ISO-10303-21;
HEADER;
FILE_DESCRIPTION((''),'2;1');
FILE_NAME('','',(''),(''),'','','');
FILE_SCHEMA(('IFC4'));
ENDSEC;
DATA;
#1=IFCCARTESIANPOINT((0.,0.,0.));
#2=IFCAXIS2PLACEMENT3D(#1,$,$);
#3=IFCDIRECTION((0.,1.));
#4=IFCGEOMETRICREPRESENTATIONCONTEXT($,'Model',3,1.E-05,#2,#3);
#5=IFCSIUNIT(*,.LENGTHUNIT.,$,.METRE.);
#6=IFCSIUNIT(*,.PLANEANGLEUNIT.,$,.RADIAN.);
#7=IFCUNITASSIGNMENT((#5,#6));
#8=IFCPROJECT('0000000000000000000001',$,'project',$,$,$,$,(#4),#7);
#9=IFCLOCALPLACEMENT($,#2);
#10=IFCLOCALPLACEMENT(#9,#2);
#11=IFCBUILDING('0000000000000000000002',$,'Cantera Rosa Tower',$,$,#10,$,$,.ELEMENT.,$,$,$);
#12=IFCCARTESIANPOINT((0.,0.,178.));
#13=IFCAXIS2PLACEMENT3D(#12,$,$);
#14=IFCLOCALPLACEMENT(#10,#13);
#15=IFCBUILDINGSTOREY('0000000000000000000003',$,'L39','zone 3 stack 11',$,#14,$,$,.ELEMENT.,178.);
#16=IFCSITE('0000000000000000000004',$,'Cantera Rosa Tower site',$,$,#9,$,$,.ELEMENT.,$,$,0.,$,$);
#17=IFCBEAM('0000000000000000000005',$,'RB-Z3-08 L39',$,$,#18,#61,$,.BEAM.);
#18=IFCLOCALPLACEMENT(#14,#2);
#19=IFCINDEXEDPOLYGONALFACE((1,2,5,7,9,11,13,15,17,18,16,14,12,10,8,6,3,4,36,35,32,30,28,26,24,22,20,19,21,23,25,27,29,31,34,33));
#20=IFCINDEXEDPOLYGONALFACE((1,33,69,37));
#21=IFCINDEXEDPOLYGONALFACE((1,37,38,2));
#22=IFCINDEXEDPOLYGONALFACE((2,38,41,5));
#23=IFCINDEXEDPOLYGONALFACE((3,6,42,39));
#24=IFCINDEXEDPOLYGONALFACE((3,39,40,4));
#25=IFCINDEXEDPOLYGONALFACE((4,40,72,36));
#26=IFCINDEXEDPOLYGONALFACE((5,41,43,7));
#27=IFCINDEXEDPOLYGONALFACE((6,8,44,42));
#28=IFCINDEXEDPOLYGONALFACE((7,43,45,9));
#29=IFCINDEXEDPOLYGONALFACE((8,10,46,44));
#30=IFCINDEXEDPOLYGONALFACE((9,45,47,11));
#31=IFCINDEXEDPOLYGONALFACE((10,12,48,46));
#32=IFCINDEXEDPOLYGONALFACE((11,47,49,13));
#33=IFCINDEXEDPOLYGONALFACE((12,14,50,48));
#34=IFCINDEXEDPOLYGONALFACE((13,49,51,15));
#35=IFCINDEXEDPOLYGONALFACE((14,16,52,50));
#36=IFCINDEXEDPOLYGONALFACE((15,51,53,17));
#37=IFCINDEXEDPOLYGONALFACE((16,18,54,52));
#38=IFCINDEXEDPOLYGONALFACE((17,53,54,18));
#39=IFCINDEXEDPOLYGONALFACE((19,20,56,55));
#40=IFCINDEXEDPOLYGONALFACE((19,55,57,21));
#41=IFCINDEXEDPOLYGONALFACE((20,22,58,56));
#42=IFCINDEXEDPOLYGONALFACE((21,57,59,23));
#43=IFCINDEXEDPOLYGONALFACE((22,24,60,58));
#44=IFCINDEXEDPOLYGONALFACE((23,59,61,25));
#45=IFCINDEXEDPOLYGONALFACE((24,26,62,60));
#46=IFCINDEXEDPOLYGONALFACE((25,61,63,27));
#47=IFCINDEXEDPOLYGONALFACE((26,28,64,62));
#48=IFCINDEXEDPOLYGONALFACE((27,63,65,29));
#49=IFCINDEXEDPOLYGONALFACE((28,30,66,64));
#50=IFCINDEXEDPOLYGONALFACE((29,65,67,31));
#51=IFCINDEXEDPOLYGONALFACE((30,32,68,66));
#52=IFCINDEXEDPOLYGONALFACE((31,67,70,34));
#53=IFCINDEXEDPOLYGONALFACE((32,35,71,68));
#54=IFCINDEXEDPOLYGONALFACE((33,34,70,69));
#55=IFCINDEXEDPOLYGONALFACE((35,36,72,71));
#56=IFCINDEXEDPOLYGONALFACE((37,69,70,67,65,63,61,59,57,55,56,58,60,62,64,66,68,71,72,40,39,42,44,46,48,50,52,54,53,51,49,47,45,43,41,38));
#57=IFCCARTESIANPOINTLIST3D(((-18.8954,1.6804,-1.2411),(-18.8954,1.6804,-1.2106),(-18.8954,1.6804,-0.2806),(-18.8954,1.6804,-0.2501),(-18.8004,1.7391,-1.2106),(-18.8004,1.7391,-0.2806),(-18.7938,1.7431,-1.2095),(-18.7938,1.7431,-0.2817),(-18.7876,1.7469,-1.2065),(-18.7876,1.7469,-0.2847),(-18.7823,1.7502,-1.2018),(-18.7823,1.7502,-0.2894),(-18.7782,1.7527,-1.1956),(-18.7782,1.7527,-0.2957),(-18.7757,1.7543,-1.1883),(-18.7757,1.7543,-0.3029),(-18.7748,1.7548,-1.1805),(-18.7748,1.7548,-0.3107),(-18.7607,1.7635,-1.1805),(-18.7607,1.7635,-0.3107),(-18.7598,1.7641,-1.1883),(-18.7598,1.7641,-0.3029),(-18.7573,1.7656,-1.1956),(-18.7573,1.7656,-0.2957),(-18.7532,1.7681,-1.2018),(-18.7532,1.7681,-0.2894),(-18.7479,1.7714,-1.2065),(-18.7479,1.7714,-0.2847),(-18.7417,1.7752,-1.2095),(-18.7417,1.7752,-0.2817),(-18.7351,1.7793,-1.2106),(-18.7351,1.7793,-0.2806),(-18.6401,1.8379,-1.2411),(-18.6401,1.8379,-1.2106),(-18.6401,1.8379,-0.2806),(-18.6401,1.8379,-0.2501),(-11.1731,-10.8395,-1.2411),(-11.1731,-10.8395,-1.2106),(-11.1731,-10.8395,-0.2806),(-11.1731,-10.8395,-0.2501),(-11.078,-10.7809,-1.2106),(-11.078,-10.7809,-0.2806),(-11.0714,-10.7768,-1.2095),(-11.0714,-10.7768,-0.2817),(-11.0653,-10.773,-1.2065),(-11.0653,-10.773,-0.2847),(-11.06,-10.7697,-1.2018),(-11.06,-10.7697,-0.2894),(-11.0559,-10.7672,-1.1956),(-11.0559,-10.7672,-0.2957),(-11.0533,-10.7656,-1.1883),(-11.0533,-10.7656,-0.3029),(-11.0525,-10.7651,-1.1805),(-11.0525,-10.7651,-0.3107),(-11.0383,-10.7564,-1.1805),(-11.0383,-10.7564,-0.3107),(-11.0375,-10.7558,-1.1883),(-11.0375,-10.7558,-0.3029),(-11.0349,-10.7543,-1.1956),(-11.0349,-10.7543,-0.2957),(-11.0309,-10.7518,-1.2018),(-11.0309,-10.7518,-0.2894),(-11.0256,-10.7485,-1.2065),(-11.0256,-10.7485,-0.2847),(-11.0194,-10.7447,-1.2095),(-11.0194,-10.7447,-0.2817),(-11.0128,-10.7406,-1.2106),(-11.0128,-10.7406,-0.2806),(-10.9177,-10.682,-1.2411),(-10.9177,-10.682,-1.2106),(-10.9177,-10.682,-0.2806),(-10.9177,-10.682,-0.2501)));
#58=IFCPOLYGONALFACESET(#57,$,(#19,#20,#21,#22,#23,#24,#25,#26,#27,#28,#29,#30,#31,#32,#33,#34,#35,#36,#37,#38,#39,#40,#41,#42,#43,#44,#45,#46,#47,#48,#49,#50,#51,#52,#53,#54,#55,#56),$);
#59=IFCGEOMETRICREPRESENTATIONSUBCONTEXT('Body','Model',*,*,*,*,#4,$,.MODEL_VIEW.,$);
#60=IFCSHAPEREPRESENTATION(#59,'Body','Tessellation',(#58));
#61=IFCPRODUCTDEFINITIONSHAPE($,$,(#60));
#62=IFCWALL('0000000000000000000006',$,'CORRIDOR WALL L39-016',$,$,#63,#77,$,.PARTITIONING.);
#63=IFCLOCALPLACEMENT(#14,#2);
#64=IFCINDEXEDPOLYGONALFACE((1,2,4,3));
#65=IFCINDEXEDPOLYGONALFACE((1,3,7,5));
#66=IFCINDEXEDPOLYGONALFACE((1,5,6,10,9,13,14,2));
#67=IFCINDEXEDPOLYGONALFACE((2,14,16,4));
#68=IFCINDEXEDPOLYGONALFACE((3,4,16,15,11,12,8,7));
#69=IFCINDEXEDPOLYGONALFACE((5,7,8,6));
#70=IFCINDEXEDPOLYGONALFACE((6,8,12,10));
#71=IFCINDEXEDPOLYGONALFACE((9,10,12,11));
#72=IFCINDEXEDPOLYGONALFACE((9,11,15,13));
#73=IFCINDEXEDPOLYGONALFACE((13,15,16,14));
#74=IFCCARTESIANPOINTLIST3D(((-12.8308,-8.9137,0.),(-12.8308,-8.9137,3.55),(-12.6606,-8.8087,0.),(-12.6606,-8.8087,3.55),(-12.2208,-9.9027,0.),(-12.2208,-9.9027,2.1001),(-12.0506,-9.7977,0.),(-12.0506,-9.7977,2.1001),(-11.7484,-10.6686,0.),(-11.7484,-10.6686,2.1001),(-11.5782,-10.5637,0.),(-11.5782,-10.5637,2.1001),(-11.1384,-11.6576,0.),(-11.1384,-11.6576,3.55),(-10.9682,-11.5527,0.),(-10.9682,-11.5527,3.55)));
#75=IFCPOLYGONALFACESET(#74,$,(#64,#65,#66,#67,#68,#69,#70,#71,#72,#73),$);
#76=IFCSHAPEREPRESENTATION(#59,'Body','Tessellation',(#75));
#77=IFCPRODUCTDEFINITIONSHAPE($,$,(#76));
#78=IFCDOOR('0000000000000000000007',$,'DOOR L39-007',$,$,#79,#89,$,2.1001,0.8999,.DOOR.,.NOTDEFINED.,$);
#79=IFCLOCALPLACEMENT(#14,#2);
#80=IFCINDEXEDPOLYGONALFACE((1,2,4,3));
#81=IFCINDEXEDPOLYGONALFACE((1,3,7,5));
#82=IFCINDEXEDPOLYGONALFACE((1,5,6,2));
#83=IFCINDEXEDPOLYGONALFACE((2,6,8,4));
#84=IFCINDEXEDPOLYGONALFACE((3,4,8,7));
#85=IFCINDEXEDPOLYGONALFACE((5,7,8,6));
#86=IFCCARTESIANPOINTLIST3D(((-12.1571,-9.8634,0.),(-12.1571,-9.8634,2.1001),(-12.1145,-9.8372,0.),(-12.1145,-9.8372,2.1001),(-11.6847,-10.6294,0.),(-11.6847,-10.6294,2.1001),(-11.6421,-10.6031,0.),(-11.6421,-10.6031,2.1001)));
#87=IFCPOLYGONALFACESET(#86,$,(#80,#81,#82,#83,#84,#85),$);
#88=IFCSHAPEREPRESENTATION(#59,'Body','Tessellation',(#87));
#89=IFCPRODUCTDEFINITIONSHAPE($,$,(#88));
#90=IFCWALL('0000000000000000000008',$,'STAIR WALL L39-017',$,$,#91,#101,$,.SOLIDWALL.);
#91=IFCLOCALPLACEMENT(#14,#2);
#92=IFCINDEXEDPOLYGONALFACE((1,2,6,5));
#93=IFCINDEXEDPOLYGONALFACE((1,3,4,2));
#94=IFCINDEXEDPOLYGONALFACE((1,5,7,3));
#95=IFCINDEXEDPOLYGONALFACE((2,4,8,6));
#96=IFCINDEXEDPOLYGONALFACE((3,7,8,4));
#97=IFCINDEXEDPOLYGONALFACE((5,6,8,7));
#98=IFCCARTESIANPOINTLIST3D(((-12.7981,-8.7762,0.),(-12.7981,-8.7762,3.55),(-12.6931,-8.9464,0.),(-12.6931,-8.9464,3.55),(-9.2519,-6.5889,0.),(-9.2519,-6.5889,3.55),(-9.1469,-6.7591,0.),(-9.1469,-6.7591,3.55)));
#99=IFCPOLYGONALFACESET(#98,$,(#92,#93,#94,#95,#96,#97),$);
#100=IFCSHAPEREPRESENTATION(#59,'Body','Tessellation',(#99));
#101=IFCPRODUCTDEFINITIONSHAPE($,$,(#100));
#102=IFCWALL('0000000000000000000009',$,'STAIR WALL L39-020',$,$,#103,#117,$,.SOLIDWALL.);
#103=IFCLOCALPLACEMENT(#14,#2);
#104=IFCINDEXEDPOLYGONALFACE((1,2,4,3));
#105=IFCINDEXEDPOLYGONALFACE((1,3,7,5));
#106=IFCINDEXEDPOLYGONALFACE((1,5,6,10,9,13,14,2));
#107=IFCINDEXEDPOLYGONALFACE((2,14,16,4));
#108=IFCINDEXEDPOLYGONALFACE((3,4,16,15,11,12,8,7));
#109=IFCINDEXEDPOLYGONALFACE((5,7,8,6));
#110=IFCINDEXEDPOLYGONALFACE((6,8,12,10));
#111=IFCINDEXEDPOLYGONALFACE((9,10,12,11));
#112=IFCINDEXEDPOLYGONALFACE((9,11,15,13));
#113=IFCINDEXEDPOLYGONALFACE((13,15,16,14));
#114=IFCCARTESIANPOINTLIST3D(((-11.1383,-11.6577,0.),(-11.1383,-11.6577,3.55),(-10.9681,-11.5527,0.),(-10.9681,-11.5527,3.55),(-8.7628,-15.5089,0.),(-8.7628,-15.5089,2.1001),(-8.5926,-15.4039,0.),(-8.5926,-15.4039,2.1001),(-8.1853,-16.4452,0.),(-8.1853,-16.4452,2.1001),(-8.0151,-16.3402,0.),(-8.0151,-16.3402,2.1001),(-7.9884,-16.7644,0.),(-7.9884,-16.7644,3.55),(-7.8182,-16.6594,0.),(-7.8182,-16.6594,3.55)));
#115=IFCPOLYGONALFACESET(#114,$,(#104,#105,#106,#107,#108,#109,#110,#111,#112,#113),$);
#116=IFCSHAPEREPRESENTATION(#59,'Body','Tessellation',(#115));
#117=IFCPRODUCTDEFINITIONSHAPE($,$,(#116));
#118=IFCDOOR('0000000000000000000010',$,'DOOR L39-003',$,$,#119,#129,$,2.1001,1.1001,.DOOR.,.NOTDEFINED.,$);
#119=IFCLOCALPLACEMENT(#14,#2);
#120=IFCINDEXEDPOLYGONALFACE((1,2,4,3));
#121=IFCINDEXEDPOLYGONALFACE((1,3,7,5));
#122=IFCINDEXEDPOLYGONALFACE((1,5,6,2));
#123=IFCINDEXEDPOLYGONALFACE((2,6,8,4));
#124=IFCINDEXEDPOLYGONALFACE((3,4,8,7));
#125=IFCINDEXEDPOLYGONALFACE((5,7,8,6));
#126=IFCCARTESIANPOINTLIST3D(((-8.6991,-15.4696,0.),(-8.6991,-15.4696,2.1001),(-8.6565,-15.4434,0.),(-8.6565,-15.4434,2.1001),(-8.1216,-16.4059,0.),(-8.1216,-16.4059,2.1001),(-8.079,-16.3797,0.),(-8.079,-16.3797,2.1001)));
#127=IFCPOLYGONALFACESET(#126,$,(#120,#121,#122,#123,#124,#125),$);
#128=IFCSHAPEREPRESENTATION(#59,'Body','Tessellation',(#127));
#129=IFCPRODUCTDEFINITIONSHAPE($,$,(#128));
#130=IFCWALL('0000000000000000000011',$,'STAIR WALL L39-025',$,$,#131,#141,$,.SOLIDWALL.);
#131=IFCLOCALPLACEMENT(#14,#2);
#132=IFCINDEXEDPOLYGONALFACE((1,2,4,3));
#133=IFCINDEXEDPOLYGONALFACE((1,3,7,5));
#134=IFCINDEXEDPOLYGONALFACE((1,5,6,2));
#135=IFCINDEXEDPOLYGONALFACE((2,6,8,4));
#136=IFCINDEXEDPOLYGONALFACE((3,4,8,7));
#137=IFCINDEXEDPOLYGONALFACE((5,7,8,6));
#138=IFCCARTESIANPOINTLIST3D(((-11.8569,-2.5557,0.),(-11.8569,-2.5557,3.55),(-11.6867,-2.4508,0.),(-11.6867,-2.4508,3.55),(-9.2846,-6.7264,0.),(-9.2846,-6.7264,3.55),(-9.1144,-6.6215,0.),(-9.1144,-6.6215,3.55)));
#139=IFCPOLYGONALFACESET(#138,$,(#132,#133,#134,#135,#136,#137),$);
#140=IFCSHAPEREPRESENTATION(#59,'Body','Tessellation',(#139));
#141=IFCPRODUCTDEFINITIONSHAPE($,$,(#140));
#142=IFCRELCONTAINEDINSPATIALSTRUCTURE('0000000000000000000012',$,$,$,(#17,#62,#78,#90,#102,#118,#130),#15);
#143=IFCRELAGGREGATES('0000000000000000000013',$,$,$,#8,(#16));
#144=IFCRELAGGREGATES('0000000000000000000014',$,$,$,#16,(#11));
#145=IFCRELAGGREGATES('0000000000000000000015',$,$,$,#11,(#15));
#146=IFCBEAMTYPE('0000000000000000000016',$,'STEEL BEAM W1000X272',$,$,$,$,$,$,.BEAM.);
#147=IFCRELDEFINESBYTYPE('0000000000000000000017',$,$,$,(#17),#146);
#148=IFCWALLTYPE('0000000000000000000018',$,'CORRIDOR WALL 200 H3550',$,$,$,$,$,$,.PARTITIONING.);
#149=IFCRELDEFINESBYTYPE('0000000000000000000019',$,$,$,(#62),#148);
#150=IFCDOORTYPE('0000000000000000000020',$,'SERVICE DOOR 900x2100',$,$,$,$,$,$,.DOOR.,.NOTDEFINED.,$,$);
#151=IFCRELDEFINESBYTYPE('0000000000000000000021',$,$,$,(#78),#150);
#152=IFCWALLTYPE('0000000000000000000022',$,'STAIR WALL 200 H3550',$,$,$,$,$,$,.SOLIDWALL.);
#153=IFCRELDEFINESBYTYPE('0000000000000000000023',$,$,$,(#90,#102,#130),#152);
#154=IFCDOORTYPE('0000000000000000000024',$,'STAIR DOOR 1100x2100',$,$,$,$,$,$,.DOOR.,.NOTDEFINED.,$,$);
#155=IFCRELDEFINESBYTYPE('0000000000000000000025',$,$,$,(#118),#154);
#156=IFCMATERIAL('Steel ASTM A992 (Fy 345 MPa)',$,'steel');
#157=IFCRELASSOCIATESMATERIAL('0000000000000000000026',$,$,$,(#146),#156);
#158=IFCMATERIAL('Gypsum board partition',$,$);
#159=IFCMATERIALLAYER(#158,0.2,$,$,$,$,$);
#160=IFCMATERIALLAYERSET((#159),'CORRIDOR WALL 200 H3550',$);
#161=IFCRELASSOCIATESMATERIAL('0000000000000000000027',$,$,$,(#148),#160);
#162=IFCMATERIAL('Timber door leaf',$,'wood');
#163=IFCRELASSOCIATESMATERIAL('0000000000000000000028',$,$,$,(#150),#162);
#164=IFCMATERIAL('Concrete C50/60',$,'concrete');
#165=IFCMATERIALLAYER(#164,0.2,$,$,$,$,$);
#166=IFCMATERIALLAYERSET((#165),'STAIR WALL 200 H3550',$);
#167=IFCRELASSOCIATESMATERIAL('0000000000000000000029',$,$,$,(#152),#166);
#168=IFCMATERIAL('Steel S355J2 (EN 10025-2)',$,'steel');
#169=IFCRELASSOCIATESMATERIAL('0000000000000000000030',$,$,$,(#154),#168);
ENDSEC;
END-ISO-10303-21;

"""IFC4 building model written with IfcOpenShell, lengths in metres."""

from ifc_helpers import new_model, si_unit, direction, frame, frame_2d, origin, origin_2d, place, context, subcontext, project, spatial, rectangle, i_section, extrude, material, layer, layer_set, material_profile, profile_set, type_object, element, fill, save


model = new_model("IFC4")

# Units and contexts
model_context = context("Model", 3, precision=1e-05, world=origin(), true_north=direction((0.0, 1.0)))
body_context = subcontext(model_context, "Body", "Model", "MODEL_VIEW")
ifc_project = project(units=[si_unit("LENGTHUNIT", "METRE"), si_unit("PLANEANGLEUNIT", "RADIAN")], contexts=[model_context])

# Site, building, storey
site_placement = place(None, origin())
site = spatial("IfcSite", under=ifc_project, at=site_placement, Name="Cantera Rosa Tower site", CompositionType="ELEMENT", RefElevation=0.0)
building_placement = place(site_placement, origin())
building = spatial("IfcBuilding", under=site, at=building_placement, Name="Cantera Rosa Tower", CompositionType="ELEMENT")
storey_placement = place(building_placement, frame((0.0, 0.0, 178.0)))
storey = spatial("IfcBuildingStorey", under=building, at=storey_placement, Name="L39", Description="zone 3 stack 11", CompositionType="ELEMENT", Elevation=178.0)

# Beam
ifc_material_1 = material(Name="Steel ASTM A992 (Fy 345 MPa)", Category="steel")
ifc_material_profile = material_profile(ifc_material_1, i_section(OverallWidth=0.3, OverallDepth=0.991, WebThickness=0.0166, FlangeThickness=0.0305, FilletRadius=0.03, at=origin_2d()), Name="W1000X272")
ifc_profile_set = profile_set([ifc_material_profile], Name="Steel ASTM A992 (Fy 345 MPa)")
beam_type = type_object("IfcBeamType", Name="STEEL BEAM W1000X272", PredefinedType="BEAM", material=ifc_profile_set)
beam_placement = place(storey_placement, frame((-11.0454, -10.7607, -0.7456), z_axis=(-0.524974, 0.851118, 0.0), x_axis=(-0.851118, -0.524974, 0.0)))
element("IfcBeam", 1, at=beam_placement, inside=storey, type_object=beam_type, Name="RB-Z3-08 L39", PredefinedType="BEAM", context=body_context, shape_type="SweptSolid", body=[
    extrude(i_section(OverallWidth=0.3, OverallDepth=0.991, WebThickness=0.0166, FlangeThickness=0.0305, FilletRadius=0.03, at=origin_2d()), origin(), (0.0, 0.0, 1.0), 14.71),
])

# Wall, opening, door
ifc_material_2 = material(Name="Gypsum board partition")
ifc_layer_1 = layer(ifc_material_2, 0.2)
ifc_layer_set_1 = layer_set([ifc_layer_1], Name="CORRIDOR WALL 200 H3550")
wall_type_1 = type_object("IfcWallType", Name="CORRIDOR WALL 200 H3550", PredefinedType="PARTITIONING", material=ifc_layer_set_1)
wall_1_placement = place(storey_placement, frame((-12.7456, -8.8613, 0.0), z_axis=(0.0, 0.0, 1.0), x_axis=(0.524959, -0.851127, 0.0)))
wall_1 = element("IfcWall", 2, at=wall_1_placement, inside=storey, type_object=wall_type_1, Name="CORRIDOR WALL L39-016", PredefinedType="PARTITIONING", context=body_context, shape_type="SweptSolid", body=[
    extrude(rectangle(XDim=3.2239, YDim=0.2, at=frame_2d((1.6118, 0.0))), origin(), (0.0, 0.0, 1.0), 3.55),
])
opening_1_placement = place(wall_1_placement, frame((1.1619, 0.0, 0.0)))
opening_1 = element("IfcOpeningElement", 3, at=opening_1_placement, cuts=wall_1, PredefinedType="OPENING", context=body_context, shape_type="SweptSolid", body=[
    extrude(rectangle(XDim=0.8999, YDim=2.1001, at=frame_2d((0.45, 1.05))), frame((0.0, 0.1099, 0.0), z_axis=(0.0, -1.0, 0.0), x_axis=(1.0, 0.0, 0.0)), (0.0, 0.0, 1.0), 0.22),
])
ifc_material_3 = material(Name="Timber door leaf", Category="wood")
door_type_1 = type_object("IfcDoorType", Name="SERVICE DOOR 900x2100", OperationType="NOTDEFINED", PredefinedType="DOOR", material=ifc_material_3)
door_1_placement = place(opening_1_placement, origin())
door_1 = element("IfcDoor", 4, at=door_1_placement, inside=storey, type_object=door_type_1, Name="DOOR L39-007", OperationType="NOTDEFINED", OverallHeight=2.1001, OverallWidth=0.8999, PredefinedType="DOOR", context=body_context, shape_type="SweptSolid", body=[
    extrude(rectangle(XDim=0.8999, YDim=2.1001, at=frame_2d((0.45, 1.05))), frame((0.0, 0.0249, 0.0), z_axis=(0.0, -1.0, 0.0), x_axis=(1.0, 0.0, 0.0)), (0.0, 0.0, 1.0), 0.05),
])
fill(opening_1, door_1)

# Wall
ifc_material_4 = material(Name="Concrete C50/60", Category="concrete")
ifc_layer_2 = layer(ifc_material_4, 0.2)
ifc_layer_set_2 = layer_set([ifc_layer_2], Name="STAIR WALL 200 H3550")
wall_type_2 = type_object("IfcWallType", Name="STAIR WALL 200 H3550", PredefinedType="SOLIDWALL", material=ifc_layer_set_2)
wall_2_placement = place(storey_placement, frame((-12.7456, -8.8613, 0.0), z_axis=(0.0, 0.0, 1.0), x_axis=(0.851121, 0.52497, 0.0)))
element("IfcWall", 5, at=wall_2_placement, inside=storey, type_object=wall_type_2, Name="STAIR WALL L39-017", PredefinedType="SOLIDWALL", context=body_context, shape_type="SweptSolid", body=[
    extrude(rectangle(XDim=4.1665, YDim=0.2, at=frame_2d((2.0833, 0.0))), origin(), (0.0, 0.0, 1.0), 3.55),
])

# Wall, opening, door
wall_3_placement = place(storey_placement, frame((-11.0532, -11.6052, 0.0), z_axis=(0.0, 0.0, 1.0), x_axis=(0.524983, -0.851113, 0.0)))
wall_3 = element("IfcWall", 6, at=wall_3_placement, inside=storey, type_object=wall_type_2, Name="STAIR WALL L39-020", PredefinedType="SOLIDWALL", context=body_context, shape_type="SweptSolid", body=[
    extrude(rectangle(XDim=6.0, YDim=0.2, at=frame_2d((3.0, 0.0))), origin(), (0.0, 0.0, 1.0), 3.55),
])
opening_2_placement = place(wall_3_placement, frame((4.5249, 0.0, 0.0)))
opening_2 = element("IfcOpeningElement", 7, at=opening_2_placement, cuts=wall_3, PredefinedType="OPENING", context=body_context, shape_type="SweptSolid", body=[
    extrude(rectangle(XDim=1.1001, YDim=2.1001, at=frame_2d((0.55, 1.05))), frame((0.0, 0.1099, 0.0), z_axis=(0.0, -1.0, 0.0), x_axis=(1.0, 0.0, 0.0)), (0.0, 0.0, 1.0), 0.22),
])
ifc_material_5 = material(Name="Steel S355J2 (EN 10025-2)", Category="steel")
door_type_2 = type_object("IfcDoorType", Name="STAIR DOOR 1100x2100", OperationType="NOTDEFINED", PredefinedType="DOOR", material=ifc_material_5)
door_2_placement = place(opening_2_placement, origin())
door_2 = element("IfcDoor", 8, at=door_2_placement, inside=storey, type_object=door_type_2, Name="DOOR L39-003", OperationType="NOTDEFINED", OverallHeight=2.1001, OverallWidth=1.1001, PredefinedType="DOOR", context=body_context, shape_type="SweptSolid", body=[
    extrude(rectangle(XDim=1.1001, YDim=2.1001, at=frame_2d((0.55, 1.05))), frame((0.0, 0.0249, 0.0), z_axis=(0.0, -1.0, 0.0), x_axis=(1.0, 0.0, 0.0)), (0.0, 0.0, 1.0), 0.05),
])
fill(opening_2, door_2)

# Wall
wall_4_placement = place(storey_placement, frame((-9.1995, -6.6741, 0.0), z_axis=(0.0, 0.0, 1.0), x_axis=(-0.524942, 0.851138, 0.0)))
element("IfcWall", 9, at=wall_4_placement, inside=storey, type_object=wall_type_2, Name="STAIR WALL L39-025", PredefinedType="SOLIDWALL", context=body_context, shape_type="SweptSolid", body=[
    extrude(rectangle(XDim=4.9001, YDim=0.2, at=frame_2d((2.4502, 0.0))), origin(), (0.0, 0.0, 1.0), 3.55),
])

save(model, "model.ifc")
